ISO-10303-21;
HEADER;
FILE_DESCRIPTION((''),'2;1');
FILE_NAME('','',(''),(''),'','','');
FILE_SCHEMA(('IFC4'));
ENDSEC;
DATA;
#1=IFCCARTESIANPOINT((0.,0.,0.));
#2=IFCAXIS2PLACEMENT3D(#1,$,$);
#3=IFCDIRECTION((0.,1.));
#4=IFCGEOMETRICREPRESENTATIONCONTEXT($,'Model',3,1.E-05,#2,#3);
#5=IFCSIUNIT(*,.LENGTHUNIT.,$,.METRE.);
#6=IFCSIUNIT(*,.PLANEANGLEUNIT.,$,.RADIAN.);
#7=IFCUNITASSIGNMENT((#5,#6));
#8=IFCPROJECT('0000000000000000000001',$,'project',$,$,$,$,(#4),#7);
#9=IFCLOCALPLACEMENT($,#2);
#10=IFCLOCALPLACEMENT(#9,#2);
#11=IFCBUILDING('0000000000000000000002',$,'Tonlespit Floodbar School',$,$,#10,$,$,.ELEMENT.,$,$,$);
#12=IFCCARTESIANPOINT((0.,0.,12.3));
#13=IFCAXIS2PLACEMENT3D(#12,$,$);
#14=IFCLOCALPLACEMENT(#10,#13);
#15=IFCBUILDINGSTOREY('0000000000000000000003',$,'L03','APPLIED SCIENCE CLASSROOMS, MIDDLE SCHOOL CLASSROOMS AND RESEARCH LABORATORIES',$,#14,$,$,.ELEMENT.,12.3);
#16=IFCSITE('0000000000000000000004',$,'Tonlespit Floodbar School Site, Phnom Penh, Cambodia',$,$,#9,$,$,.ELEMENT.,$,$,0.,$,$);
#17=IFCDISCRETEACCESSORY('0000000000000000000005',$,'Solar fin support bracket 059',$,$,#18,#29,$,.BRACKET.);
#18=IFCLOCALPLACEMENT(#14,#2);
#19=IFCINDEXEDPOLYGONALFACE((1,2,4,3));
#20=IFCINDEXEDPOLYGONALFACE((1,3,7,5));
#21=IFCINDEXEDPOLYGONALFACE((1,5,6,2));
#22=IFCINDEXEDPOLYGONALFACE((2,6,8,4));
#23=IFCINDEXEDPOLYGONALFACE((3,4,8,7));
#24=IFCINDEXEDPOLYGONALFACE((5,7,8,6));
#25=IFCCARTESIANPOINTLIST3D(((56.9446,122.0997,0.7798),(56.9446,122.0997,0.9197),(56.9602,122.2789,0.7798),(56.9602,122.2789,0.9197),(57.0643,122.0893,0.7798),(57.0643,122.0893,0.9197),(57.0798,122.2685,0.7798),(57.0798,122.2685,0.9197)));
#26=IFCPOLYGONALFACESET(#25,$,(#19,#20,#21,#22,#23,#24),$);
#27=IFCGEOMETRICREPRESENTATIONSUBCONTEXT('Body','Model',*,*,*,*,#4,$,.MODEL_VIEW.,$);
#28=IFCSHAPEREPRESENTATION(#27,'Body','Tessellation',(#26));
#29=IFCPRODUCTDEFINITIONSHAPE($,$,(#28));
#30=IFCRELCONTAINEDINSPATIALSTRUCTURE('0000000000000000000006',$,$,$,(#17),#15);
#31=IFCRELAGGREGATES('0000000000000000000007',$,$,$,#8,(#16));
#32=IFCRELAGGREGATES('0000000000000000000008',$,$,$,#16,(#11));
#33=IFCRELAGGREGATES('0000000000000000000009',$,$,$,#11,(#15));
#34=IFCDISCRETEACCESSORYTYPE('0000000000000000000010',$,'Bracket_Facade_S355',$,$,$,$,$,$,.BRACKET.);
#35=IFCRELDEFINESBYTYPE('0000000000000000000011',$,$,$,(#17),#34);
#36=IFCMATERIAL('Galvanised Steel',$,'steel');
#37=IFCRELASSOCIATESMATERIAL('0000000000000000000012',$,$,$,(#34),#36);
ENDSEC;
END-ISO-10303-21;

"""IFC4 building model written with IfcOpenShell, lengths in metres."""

from ifc_helpers import new_model, si_unit, direction, frame, origin, origin_2d, place, context, subcontext, project, spatial, rectangle, extrude, material, type_object, element, save


model = new_model("IFC4")

# Units and contexts
model_context = context("Model", 3, precision=1e-05, world=origin(), true_north=direction((0.0, 1.0)))
body_context = subcontext(model_context, "Body", "Model", "MODEL_VIEW")
ifc_project = project(units=[si_unit("LENGTHUNIT", "METRE"), si_unit("PLANEANGLEUNIT", "RADIAN")], contexts=[model_context])

# Site, building, storey
site_placement = place(None, origin())
site = spatial("IfcSite", under=ifc_project, at=site_placement, Name="Tonlespit Floodbar School Site, Phnom Penh, Cambodia", CompositionType="ELEMENT", RefElevation=0.0)
building_placement = place(site_placement, origin())
building = spatial("IfcBuilding", under=site, at=building_placement, Name="Tonlespit Floodbar School", CompositionType="ELEMENT")
storey_placement = place(building_placement, frame((0.0, 0.0, 12.3)))
storey = spatial("IfcBuildingStorey", under=building, at=storey_placement, Name="L03", Description="APPLIED SCIENCE CLASSROOMS, MIDDLE SCHOOL CLASSROOMS AND RESEARCH LABORATORIES", CompositionType="ELEMENT", Elevation=12.3)

# Shared definitions
ifc_material_1 = material(Name="Galvanised Steel", Category="steel")

# Discrete accessory
discrete_accessory_type = type_object("IfcDiscreteAccessoryType", Name="Bracket_Facade_S355", PredefinedType="BRACKET", material=ifc_material_1)
discrete_accessory_1_placement = place(storey_placement, frame((57.0122, 122.1841, 0.7798), z_axis=(0.0, 0.0, 1.0), x_axis=(0.996245, -0.086573, 0.0)))
element("IfcDiscreteAccessory", 1, at=discrete_accessory_1_placement, inside=storey, type_object=discrete_accessory_type, Name="Solar fin support bracket 059", PredefinedType="BRACKET", context=body_context, shape_type="SweptSolid", body=[
    extrude(rectangle(XDim=0.1201, YDim=0.1799, at=origin_2d()), origin(), (0.0, 0.0, 1.0), 0.1399),
])

save(model, "model.ifc")
